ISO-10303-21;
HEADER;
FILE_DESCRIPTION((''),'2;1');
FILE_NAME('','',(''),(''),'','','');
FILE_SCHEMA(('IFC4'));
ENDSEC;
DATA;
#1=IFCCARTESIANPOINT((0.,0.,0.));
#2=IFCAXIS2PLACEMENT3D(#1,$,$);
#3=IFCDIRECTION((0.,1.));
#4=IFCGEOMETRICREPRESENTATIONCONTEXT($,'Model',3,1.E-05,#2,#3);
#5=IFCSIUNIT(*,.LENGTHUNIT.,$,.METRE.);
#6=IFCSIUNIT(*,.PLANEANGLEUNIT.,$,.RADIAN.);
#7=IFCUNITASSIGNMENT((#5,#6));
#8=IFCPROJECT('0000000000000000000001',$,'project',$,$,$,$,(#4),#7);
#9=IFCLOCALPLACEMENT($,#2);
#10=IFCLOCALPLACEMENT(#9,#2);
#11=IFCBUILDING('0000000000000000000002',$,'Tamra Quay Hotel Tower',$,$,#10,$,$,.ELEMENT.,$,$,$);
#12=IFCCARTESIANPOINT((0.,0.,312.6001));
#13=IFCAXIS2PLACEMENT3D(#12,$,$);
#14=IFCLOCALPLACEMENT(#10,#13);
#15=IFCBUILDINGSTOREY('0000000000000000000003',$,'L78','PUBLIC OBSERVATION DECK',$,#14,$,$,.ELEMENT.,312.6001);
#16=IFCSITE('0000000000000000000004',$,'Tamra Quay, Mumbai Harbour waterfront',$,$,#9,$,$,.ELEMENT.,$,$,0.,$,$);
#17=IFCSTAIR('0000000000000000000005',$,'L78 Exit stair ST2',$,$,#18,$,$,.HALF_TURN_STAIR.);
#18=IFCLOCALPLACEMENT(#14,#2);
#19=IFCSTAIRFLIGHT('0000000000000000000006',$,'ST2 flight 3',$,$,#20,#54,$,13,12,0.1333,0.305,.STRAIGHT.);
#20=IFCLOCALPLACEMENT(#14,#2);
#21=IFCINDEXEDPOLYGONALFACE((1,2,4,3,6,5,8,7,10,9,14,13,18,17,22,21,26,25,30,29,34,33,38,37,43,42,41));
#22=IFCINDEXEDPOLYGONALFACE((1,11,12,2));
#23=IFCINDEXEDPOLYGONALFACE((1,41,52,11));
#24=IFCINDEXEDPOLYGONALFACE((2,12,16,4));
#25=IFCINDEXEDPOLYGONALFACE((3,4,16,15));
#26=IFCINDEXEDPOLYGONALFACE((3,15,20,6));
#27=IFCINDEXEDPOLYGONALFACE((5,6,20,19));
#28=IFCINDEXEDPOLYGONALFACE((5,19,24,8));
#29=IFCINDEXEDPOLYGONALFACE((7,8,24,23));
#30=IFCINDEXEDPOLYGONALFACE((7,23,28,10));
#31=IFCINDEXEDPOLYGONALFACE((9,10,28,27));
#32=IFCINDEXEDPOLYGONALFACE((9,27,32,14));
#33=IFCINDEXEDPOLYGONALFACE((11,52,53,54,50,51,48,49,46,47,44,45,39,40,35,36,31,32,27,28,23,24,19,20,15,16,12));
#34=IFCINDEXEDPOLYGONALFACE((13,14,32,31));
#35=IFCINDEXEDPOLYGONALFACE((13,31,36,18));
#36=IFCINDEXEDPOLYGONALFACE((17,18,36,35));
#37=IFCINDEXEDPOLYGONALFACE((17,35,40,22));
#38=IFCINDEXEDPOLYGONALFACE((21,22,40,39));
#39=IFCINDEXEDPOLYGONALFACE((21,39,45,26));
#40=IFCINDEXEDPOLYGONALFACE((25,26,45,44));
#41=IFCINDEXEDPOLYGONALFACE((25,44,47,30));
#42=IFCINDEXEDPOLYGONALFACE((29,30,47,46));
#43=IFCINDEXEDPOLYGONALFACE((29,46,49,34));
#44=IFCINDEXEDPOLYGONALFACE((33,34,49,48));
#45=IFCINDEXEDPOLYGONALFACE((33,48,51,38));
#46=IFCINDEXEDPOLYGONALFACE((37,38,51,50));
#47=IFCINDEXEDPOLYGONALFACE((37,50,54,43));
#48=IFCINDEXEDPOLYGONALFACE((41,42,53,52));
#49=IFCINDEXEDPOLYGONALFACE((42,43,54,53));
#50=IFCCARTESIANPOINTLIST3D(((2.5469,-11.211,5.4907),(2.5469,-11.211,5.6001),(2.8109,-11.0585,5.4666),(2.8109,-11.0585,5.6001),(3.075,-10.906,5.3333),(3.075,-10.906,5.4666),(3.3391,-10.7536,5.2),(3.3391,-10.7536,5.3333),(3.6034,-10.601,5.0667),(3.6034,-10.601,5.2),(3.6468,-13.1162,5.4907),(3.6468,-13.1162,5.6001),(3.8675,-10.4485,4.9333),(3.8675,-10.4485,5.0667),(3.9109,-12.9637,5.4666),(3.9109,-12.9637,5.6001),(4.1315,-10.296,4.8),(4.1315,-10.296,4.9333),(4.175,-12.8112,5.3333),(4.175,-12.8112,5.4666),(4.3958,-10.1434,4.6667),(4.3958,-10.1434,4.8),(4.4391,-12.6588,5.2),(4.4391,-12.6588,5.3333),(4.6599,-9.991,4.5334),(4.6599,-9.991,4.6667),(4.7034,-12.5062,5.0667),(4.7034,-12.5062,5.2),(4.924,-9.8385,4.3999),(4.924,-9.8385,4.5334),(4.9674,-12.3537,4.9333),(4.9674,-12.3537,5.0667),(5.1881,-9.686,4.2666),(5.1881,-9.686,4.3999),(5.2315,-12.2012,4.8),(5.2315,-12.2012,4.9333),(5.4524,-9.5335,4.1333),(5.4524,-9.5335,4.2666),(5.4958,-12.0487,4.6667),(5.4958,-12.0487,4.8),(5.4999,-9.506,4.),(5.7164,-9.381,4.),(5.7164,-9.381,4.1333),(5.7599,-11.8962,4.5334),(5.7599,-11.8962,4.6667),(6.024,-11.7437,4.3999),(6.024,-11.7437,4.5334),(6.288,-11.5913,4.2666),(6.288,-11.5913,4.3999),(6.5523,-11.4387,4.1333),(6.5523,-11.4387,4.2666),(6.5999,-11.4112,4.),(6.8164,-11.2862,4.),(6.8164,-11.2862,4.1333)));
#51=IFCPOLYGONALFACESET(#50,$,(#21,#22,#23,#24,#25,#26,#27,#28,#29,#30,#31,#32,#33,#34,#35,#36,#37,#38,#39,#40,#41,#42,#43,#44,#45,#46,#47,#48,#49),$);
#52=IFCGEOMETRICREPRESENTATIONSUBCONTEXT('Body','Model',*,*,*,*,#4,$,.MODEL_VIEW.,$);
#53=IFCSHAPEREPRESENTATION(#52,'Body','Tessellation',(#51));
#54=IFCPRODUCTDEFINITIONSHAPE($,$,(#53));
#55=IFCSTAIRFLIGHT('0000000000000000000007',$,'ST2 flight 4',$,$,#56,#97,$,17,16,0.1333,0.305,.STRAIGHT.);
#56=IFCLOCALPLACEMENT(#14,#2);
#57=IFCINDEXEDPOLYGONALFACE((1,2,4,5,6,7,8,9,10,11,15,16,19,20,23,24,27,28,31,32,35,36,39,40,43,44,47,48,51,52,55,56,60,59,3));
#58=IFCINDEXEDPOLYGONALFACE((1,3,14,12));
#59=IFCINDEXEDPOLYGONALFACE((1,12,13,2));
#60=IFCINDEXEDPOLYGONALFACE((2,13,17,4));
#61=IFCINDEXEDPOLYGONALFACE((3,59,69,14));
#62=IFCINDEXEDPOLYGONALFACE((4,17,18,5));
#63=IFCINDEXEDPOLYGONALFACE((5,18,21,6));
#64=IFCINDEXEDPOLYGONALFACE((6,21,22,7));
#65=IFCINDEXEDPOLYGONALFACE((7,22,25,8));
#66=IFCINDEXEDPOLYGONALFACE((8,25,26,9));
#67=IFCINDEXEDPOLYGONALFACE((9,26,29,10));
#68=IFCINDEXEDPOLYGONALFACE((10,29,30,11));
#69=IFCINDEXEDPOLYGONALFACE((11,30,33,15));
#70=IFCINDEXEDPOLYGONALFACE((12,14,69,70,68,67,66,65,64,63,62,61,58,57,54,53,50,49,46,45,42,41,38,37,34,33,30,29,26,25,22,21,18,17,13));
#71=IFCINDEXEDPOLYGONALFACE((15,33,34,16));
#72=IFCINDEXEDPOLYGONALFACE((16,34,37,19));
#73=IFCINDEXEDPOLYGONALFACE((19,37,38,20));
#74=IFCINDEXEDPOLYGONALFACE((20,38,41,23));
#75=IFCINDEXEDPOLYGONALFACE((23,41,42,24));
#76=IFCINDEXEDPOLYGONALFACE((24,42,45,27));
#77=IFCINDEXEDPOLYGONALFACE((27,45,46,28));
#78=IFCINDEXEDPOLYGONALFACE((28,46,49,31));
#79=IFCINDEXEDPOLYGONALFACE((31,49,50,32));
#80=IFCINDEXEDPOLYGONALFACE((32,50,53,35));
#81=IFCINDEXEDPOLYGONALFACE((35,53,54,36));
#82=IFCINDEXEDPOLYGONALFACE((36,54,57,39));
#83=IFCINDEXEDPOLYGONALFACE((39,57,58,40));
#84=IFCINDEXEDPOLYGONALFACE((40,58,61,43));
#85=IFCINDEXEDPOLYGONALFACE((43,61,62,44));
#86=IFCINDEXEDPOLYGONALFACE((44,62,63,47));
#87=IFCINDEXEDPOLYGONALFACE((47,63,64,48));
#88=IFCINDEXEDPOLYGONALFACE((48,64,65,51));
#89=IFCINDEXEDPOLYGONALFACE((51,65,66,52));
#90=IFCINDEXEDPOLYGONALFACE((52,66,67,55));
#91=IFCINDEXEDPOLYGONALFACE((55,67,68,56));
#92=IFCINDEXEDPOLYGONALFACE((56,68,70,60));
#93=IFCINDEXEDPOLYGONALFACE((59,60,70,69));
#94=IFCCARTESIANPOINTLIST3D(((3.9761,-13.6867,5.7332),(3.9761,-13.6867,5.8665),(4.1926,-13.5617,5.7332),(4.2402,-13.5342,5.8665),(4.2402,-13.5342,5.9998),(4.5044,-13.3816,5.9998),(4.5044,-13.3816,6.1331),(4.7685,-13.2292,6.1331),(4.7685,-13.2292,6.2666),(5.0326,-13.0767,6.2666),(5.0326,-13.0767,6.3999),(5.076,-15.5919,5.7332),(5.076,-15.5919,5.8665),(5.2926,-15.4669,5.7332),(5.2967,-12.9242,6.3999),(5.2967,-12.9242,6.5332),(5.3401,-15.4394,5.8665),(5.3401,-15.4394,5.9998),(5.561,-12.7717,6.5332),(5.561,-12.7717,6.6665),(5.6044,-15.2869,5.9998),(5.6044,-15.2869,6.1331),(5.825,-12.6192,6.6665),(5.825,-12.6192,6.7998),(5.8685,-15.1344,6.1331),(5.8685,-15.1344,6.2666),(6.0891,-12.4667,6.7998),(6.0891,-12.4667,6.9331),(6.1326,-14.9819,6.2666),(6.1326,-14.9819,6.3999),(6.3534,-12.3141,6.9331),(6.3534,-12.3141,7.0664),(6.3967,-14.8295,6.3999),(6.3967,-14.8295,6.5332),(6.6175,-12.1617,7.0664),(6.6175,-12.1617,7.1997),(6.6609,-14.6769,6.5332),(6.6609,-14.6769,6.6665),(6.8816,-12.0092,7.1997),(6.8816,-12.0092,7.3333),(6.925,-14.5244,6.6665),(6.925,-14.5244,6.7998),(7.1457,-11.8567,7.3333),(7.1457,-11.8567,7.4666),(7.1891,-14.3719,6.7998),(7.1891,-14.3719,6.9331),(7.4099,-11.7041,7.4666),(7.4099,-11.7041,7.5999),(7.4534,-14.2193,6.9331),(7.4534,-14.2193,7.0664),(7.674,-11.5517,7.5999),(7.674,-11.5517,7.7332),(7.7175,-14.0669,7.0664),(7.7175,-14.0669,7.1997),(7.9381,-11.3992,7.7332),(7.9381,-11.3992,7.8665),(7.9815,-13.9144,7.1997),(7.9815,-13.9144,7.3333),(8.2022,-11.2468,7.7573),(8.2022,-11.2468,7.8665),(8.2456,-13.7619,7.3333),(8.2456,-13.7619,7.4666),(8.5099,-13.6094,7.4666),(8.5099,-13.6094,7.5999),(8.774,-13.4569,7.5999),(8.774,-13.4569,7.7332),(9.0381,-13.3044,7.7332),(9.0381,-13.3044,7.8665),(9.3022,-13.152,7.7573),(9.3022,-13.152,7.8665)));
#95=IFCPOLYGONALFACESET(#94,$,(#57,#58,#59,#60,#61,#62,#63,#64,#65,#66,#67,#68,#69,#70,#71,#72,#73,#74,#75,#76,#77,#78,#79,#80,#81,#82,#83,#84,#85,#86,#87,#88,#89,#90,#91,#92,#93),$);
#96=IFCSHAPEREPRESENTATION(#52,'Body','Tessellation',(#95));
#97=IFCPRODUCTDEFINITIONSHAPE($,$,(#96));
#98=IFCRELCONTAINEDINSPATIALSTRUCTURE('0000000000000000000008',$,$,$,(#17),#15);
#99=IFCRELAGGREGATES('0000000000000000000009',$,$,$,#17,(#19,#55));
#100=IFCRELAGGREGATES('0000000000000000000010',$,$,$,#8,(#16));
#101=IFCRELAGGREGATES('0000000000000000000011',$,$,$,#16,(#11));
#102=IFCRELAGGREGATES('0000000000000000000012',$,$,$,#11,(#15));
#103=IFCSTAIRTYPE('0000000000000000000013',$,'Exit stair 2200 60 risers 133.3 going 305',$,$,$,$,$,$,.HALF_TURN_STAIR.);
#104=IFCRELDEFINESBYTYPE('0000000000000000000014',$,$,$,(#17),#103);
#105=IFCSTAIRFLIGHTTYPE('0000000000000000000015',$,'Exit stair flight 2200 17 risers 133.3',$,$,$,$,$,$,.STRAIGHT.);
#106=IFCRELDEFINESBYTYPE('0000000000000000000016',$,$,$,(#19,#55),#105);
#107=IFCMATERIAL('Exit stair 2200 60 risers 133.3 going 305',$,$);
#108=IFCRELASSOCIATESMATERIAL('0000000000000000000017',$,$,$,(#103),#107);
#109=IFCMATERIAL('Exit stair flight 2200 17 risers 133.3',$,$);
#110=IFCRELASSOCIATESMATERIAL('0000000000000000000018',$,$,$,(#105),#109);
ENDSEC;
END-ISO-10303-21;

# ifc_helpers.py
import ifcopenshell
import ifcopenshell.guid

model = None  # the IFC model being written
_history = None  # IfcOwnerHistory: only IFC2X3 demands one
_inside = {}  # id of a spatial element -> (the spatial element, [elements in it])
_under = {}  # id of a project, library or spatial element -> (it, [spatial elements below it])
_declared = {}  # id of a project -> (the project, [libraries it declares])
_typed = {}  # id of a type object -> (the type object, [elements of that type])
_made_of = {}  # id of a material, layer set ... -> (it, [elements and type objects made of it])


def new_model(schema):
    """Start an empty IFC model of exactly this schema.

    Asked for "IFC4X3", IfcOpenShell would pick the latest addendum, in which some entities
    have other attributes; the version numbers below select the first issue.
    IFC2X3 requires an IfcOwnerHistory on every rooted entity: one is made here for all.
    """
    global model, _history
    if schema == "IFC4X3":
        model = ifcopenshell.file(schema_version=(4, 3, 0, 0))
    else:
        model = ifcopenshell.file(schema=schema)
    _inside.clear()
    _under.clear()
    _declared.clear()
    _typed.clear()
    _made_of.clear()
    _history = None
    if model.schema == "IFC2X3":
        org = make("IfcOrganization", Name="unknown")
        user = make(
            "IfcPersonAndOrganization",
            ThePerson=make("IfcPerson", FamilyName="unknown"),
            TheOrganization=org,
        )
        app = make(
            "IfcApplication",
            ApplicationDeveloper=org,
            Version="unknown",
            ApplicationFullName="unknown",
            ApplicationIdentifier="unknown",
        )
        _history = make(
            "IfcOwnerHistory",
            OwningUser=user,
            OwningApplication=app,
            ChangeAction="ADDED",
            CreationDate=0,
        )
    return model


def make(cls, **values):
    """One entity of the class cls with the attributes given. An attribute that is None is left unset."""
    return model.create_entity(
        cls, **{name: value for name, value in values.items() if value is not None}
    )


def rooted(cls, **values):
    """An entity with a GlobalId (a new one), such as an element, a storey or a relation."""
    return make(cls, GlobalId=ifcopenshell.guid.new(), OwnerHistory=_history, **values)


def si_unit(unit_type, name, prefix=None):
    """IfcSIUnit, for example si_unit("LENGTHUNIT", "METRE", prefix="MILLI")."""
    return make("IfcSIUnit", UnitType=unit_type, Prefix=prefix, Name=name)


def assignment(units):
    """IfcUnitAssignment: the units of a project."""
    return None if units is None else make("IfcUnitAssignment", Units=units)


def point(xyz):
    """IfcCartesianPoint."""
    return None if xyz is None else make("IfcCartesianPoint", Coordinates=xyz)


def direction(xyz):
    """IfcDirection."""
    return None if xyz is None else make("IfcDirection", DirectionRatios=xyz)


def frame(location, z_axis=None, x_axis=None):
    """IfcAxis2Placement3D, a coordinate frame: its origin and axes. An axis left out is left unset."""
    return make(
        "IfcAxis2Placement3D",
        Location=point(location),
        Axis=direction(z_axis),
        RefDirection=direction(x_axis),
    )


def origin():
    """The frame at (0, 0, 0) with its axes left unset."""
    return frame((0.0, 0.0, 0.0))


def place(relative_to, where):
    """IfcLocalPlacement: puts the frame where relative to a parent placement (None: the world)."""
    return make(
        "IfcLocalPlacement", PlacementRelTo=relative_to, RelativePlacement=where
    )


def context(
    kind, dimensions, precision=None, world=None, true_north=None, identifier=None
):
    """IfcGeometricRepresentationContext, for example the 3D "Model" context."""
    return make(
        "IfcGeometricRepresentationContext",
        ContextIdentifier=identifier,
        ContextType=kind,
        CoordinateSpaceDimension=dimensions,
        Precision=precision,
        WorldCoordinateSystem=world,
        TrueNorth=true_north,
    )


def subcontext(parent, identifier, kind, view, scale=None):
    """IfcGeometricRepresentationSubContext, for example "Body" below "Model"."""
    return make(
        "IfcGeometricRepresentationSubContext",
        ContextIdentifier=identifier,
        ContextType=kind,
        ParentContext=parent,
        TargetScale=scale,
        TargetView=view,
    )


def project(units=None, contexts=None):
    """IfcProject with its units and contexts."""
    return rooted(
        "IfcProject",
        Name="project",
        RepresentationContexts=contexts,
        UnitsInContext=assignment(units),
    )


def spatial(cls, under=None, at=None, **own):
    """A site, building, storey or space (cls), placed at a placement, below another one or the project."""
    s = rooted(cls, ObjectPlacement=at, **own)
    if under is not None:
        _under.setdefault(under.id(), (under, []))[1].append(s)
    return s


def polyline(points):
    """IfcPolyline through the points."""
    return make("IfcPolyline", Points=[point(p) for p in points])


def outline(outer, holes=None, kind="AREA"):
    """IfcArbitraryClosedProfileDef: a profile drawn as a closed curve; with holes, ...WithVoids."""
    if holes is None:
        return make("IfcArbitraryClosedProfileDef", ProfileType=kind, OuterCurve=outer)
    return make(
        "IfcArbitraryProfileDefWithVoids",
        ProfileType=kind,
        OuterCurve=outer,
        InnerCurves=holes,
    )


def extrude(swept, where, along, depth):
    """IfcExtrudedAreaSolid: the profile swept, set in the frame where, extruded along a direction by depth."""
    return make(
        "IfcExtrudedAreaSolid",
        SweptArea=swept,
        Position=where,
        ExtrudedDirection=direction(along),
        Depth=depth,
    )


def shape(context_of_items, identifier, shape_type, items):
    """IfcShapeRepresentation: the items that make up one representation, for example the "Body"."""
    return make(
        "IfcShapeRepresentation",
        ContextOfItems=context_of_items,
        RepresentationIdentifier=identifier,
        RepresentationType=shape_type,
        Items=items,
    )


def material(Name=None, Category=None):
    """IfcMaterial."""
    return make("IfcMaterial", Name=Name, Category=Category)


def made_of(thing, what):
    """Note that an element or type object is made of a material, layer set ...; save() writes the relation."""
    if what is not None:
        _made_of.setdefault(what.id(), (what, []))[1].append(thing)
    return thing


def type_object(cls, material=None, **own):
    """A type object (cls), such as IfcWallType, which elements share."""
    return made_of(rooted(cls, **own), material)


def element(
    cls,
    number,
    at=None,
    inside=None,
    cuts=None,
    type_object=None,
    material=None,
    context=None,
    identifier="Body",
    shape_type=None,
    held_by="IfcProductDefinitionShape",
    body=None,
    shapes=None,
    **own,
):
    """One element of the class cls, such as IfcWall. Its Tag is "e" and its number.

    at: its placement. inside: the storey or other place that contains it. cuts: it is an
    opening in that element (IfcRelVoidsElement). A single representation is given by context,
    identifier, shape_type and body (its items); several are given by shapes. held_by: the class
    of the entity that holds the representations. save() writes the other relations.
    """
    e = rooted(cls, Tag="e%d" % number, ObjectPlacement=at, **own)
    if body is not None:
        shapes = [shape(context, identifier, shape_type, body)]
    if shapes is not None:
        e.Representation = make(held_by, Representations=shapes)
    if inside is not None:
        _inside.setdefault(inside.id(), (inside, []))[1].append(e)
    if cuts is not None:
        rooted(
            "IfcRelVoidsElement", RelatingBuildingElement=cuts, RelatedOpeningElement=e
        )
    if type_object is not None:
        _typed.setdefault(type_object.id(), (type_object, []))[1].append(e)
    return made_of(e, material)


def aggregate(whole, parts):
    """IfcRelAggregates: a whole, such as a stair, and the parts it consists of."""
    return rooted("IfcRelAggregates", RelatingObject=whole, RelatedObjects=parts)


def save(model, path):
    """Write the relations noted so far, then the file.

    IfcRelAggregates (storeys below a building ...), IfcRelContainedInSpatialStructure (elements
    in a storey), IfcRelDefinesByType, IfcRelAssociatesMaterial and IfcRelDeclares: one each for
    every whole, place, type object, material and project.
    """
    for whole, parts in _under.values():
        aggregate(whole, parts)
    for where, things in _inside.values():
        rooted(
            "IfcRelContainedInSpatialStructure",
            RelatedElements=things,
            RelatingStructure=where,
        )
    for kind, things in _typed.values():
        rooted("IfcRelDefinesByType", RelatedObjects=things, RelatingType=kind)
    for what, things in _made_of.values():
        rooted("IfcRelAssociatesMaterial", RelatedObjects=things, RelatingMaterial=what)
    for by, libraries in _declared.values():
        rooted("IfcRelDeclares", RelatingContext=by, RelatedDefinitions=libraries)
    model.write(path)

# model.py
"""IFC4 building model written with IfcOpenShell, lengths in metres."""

from ifc_helpers import new_model, si_unit, direction, frame, origin, place, context, subcontext, project, spatial, polyline, outline, extrude, material, type_object, element, aggregate, save


model = new_model("IFC4")

# Units and contexts
model_context = context("Model", 3, precision=1e-05, world=origin(), true_north=direction((0.0, 1.0)))
body_context = subcontext(model_context, "Body", "Model", "MODEL_VIEW")
ifc_project = project(units=[si_unit("LENGTHUNIT", "METRE"), si_unit("PLANEANGLEUNIT", "RADIAN")], contexts=[model_context])

# Site, building, storey
site_placement = place(None, origin())
site = spatial("IfcSite", under=ifc_project, at=site_placement, Name="Tamra Quay, Mumbai Harbour waterfront", CompositionType="ELEMENT", RefElevation=0.0)
building_placement = place(site_placement, origin())
building = spatial("IfcBuilding", under=site, at=building_placement, Name="Tamra Quay Hotel Tower", CompositionType="ELEMENT")
storey_placement = place(building_placement, frame((0.0, 0.0, 312.6001)))
storey = spatial("IfcBuildingStorey", under=building, at=storey_placement, Name="L78", Description="PUBLIC OBSERVATION DECK", CompositionType="ELEMENT", Elevation=312.6001)

# Shared definitions
ifc_material_1 = material(Name="Exit stair 2200 60 risers 133.3 going 305")
stair_type = type_object("IfcStairType", Name="Exit stair 2200 60 risers 133.3 going 305", PredefinedType="HALF_TURN_STAIR", material=ifc_material_1)

# Stair, stair flights
stair_1_placement = place(storey_placement, origin())
stair_1 = element("IfcStair", 1, at=stair_1_placement, inside=storey, type_object=stair_type, Name="L78 Exit stair ST2", PredefinedType="HALF_TURN_STAIR")
ifc_material_2 = material(Name="Exit stair flight 2200 17 risers 133.3")
stair_flight_type = type_object("IfcStairFlightType", Name="Exit stair flight 2200 17 risers 133.3", PredefinedType="STRAIGHT", material=ifc_material_2)
stair_flight_1_placement = place(storey_placement, frame((6.2664, -10.3335, 4.0), z_axis=(0.0, 0.0, 1.0), x_axis=(-0.866025, -0.5, 0.0)))
stair_flight_1 = element("IfcStairFlight", 2, at=stair_flight_1_placement, type_object=stair_flight_type, Name="ST2 flight 3", NumberOfRisers=13, NumberOfTreads=12, PredefinedType="STRAIGHT", RiserHeight=0.1333, TreadLength=0.305, context=body_context, shape_type="SweptSolid", body=[
    extrude(outline(polyline([(0.0, 0.0), (0.0, 0.1333), (0.3049, 0.1333), (0.3049, 0.2666), (0.6101, 0.2666), (0.6101, 0.3999), (0.915, 0.3999), (0.915, 0.5334), (1.22, 0.5334), (1.22, 0.6667), (1.5249, 0.6667), (1.5249, 0.8), (1.8301, 0.8), (1.8301, 0.9333), (2.135, 0.9333), (2.135, 1.0667), (2.4399, 1.0667), (2.4399, 1.2), (2.7451, 1.2), (2.7451, 1.3333), (3.05, 1.3333), (3.05, 1.4666), (3.355, 1.4666), (3.355, 1.6001), (3.6599, 1.6001), (3.6599, 1.7334), (3.6599, 1.4907), (0.25, 0.0), (0.0, 0.0)])), frame((0.0, 1.1001, 0.0), z_axis=(0.0, -1.0, 0.0), x_axis=(1.0, 0.0, 0.0)), (0.0, 0.0, 1.0), 2.2),
])
stair_flight_2_placement = place(storey_placement, frame((4.5261, -14.6394, 5.7332), z_axis=(0.0, 0.0, 1.0), x_axis=(0.866025, 0.5, 0.0)))
stair_flight_2 = element("IfcStairFlight", 3, at=stair_flight_2_placement, type_object=stair_flight_type, Name="ST2 flight 4", NumberOfRisers=17, NumberOfTreads=16, PredefinedType="STRAIGHT", RiserHeight=0.1333, TreadLength=0.305, context=body_context, shape_type="SweptSolid", body=[
    extrude(outline(polyline([(0.0, 0.0), (0.0, 0.1333), (0.3049, 0.1333), (0.3049, 0.2666), (0.6101, 0.2666), (0.6101, 0.3999), (0.915, 0.3999), (0.915, 0.5334), (1.22, 0.5334), (1.22, 0.6667), (1.5249, 0.6667), (1.5249, 0.8), (1.8301, 0.8), (1.8301, 0.9333), (2.135, 0.9333), (2.135, 1.0667), (2.4399, 1.0667), (2.4399, 1.2), (2.7451, 1.2), (2.7451, 1.3333), (3.05, 1.3333), (3.05, 1.4666), (3.355, 1.4666), (3.355, 1.6001), (3.6599, 1.6001), (3.6599, 1.7334), (3.9651, 1.7334), (3.9651, 1.8667), (4.27, 1.8667), (4.27, 2.0), (4.575, 2.0), (4.575, 2.1333), (4.8799, 2.1333), (4.8799, 2.2666), (4.8799, 2.0242), (0.25, 0.0), (0.0, 0.0)])), frame((0.0, 1.1001, 0.0), z_axis=(0.0, -1.0, 0.0), x_axis=(1.0, 0.0, 0.0)), (0.0, 0.0, 1.0), 2.2),
])
aggregate(stair_1, [stair_flight_1, stair_flight_2])

save(model, "model.ifc")
